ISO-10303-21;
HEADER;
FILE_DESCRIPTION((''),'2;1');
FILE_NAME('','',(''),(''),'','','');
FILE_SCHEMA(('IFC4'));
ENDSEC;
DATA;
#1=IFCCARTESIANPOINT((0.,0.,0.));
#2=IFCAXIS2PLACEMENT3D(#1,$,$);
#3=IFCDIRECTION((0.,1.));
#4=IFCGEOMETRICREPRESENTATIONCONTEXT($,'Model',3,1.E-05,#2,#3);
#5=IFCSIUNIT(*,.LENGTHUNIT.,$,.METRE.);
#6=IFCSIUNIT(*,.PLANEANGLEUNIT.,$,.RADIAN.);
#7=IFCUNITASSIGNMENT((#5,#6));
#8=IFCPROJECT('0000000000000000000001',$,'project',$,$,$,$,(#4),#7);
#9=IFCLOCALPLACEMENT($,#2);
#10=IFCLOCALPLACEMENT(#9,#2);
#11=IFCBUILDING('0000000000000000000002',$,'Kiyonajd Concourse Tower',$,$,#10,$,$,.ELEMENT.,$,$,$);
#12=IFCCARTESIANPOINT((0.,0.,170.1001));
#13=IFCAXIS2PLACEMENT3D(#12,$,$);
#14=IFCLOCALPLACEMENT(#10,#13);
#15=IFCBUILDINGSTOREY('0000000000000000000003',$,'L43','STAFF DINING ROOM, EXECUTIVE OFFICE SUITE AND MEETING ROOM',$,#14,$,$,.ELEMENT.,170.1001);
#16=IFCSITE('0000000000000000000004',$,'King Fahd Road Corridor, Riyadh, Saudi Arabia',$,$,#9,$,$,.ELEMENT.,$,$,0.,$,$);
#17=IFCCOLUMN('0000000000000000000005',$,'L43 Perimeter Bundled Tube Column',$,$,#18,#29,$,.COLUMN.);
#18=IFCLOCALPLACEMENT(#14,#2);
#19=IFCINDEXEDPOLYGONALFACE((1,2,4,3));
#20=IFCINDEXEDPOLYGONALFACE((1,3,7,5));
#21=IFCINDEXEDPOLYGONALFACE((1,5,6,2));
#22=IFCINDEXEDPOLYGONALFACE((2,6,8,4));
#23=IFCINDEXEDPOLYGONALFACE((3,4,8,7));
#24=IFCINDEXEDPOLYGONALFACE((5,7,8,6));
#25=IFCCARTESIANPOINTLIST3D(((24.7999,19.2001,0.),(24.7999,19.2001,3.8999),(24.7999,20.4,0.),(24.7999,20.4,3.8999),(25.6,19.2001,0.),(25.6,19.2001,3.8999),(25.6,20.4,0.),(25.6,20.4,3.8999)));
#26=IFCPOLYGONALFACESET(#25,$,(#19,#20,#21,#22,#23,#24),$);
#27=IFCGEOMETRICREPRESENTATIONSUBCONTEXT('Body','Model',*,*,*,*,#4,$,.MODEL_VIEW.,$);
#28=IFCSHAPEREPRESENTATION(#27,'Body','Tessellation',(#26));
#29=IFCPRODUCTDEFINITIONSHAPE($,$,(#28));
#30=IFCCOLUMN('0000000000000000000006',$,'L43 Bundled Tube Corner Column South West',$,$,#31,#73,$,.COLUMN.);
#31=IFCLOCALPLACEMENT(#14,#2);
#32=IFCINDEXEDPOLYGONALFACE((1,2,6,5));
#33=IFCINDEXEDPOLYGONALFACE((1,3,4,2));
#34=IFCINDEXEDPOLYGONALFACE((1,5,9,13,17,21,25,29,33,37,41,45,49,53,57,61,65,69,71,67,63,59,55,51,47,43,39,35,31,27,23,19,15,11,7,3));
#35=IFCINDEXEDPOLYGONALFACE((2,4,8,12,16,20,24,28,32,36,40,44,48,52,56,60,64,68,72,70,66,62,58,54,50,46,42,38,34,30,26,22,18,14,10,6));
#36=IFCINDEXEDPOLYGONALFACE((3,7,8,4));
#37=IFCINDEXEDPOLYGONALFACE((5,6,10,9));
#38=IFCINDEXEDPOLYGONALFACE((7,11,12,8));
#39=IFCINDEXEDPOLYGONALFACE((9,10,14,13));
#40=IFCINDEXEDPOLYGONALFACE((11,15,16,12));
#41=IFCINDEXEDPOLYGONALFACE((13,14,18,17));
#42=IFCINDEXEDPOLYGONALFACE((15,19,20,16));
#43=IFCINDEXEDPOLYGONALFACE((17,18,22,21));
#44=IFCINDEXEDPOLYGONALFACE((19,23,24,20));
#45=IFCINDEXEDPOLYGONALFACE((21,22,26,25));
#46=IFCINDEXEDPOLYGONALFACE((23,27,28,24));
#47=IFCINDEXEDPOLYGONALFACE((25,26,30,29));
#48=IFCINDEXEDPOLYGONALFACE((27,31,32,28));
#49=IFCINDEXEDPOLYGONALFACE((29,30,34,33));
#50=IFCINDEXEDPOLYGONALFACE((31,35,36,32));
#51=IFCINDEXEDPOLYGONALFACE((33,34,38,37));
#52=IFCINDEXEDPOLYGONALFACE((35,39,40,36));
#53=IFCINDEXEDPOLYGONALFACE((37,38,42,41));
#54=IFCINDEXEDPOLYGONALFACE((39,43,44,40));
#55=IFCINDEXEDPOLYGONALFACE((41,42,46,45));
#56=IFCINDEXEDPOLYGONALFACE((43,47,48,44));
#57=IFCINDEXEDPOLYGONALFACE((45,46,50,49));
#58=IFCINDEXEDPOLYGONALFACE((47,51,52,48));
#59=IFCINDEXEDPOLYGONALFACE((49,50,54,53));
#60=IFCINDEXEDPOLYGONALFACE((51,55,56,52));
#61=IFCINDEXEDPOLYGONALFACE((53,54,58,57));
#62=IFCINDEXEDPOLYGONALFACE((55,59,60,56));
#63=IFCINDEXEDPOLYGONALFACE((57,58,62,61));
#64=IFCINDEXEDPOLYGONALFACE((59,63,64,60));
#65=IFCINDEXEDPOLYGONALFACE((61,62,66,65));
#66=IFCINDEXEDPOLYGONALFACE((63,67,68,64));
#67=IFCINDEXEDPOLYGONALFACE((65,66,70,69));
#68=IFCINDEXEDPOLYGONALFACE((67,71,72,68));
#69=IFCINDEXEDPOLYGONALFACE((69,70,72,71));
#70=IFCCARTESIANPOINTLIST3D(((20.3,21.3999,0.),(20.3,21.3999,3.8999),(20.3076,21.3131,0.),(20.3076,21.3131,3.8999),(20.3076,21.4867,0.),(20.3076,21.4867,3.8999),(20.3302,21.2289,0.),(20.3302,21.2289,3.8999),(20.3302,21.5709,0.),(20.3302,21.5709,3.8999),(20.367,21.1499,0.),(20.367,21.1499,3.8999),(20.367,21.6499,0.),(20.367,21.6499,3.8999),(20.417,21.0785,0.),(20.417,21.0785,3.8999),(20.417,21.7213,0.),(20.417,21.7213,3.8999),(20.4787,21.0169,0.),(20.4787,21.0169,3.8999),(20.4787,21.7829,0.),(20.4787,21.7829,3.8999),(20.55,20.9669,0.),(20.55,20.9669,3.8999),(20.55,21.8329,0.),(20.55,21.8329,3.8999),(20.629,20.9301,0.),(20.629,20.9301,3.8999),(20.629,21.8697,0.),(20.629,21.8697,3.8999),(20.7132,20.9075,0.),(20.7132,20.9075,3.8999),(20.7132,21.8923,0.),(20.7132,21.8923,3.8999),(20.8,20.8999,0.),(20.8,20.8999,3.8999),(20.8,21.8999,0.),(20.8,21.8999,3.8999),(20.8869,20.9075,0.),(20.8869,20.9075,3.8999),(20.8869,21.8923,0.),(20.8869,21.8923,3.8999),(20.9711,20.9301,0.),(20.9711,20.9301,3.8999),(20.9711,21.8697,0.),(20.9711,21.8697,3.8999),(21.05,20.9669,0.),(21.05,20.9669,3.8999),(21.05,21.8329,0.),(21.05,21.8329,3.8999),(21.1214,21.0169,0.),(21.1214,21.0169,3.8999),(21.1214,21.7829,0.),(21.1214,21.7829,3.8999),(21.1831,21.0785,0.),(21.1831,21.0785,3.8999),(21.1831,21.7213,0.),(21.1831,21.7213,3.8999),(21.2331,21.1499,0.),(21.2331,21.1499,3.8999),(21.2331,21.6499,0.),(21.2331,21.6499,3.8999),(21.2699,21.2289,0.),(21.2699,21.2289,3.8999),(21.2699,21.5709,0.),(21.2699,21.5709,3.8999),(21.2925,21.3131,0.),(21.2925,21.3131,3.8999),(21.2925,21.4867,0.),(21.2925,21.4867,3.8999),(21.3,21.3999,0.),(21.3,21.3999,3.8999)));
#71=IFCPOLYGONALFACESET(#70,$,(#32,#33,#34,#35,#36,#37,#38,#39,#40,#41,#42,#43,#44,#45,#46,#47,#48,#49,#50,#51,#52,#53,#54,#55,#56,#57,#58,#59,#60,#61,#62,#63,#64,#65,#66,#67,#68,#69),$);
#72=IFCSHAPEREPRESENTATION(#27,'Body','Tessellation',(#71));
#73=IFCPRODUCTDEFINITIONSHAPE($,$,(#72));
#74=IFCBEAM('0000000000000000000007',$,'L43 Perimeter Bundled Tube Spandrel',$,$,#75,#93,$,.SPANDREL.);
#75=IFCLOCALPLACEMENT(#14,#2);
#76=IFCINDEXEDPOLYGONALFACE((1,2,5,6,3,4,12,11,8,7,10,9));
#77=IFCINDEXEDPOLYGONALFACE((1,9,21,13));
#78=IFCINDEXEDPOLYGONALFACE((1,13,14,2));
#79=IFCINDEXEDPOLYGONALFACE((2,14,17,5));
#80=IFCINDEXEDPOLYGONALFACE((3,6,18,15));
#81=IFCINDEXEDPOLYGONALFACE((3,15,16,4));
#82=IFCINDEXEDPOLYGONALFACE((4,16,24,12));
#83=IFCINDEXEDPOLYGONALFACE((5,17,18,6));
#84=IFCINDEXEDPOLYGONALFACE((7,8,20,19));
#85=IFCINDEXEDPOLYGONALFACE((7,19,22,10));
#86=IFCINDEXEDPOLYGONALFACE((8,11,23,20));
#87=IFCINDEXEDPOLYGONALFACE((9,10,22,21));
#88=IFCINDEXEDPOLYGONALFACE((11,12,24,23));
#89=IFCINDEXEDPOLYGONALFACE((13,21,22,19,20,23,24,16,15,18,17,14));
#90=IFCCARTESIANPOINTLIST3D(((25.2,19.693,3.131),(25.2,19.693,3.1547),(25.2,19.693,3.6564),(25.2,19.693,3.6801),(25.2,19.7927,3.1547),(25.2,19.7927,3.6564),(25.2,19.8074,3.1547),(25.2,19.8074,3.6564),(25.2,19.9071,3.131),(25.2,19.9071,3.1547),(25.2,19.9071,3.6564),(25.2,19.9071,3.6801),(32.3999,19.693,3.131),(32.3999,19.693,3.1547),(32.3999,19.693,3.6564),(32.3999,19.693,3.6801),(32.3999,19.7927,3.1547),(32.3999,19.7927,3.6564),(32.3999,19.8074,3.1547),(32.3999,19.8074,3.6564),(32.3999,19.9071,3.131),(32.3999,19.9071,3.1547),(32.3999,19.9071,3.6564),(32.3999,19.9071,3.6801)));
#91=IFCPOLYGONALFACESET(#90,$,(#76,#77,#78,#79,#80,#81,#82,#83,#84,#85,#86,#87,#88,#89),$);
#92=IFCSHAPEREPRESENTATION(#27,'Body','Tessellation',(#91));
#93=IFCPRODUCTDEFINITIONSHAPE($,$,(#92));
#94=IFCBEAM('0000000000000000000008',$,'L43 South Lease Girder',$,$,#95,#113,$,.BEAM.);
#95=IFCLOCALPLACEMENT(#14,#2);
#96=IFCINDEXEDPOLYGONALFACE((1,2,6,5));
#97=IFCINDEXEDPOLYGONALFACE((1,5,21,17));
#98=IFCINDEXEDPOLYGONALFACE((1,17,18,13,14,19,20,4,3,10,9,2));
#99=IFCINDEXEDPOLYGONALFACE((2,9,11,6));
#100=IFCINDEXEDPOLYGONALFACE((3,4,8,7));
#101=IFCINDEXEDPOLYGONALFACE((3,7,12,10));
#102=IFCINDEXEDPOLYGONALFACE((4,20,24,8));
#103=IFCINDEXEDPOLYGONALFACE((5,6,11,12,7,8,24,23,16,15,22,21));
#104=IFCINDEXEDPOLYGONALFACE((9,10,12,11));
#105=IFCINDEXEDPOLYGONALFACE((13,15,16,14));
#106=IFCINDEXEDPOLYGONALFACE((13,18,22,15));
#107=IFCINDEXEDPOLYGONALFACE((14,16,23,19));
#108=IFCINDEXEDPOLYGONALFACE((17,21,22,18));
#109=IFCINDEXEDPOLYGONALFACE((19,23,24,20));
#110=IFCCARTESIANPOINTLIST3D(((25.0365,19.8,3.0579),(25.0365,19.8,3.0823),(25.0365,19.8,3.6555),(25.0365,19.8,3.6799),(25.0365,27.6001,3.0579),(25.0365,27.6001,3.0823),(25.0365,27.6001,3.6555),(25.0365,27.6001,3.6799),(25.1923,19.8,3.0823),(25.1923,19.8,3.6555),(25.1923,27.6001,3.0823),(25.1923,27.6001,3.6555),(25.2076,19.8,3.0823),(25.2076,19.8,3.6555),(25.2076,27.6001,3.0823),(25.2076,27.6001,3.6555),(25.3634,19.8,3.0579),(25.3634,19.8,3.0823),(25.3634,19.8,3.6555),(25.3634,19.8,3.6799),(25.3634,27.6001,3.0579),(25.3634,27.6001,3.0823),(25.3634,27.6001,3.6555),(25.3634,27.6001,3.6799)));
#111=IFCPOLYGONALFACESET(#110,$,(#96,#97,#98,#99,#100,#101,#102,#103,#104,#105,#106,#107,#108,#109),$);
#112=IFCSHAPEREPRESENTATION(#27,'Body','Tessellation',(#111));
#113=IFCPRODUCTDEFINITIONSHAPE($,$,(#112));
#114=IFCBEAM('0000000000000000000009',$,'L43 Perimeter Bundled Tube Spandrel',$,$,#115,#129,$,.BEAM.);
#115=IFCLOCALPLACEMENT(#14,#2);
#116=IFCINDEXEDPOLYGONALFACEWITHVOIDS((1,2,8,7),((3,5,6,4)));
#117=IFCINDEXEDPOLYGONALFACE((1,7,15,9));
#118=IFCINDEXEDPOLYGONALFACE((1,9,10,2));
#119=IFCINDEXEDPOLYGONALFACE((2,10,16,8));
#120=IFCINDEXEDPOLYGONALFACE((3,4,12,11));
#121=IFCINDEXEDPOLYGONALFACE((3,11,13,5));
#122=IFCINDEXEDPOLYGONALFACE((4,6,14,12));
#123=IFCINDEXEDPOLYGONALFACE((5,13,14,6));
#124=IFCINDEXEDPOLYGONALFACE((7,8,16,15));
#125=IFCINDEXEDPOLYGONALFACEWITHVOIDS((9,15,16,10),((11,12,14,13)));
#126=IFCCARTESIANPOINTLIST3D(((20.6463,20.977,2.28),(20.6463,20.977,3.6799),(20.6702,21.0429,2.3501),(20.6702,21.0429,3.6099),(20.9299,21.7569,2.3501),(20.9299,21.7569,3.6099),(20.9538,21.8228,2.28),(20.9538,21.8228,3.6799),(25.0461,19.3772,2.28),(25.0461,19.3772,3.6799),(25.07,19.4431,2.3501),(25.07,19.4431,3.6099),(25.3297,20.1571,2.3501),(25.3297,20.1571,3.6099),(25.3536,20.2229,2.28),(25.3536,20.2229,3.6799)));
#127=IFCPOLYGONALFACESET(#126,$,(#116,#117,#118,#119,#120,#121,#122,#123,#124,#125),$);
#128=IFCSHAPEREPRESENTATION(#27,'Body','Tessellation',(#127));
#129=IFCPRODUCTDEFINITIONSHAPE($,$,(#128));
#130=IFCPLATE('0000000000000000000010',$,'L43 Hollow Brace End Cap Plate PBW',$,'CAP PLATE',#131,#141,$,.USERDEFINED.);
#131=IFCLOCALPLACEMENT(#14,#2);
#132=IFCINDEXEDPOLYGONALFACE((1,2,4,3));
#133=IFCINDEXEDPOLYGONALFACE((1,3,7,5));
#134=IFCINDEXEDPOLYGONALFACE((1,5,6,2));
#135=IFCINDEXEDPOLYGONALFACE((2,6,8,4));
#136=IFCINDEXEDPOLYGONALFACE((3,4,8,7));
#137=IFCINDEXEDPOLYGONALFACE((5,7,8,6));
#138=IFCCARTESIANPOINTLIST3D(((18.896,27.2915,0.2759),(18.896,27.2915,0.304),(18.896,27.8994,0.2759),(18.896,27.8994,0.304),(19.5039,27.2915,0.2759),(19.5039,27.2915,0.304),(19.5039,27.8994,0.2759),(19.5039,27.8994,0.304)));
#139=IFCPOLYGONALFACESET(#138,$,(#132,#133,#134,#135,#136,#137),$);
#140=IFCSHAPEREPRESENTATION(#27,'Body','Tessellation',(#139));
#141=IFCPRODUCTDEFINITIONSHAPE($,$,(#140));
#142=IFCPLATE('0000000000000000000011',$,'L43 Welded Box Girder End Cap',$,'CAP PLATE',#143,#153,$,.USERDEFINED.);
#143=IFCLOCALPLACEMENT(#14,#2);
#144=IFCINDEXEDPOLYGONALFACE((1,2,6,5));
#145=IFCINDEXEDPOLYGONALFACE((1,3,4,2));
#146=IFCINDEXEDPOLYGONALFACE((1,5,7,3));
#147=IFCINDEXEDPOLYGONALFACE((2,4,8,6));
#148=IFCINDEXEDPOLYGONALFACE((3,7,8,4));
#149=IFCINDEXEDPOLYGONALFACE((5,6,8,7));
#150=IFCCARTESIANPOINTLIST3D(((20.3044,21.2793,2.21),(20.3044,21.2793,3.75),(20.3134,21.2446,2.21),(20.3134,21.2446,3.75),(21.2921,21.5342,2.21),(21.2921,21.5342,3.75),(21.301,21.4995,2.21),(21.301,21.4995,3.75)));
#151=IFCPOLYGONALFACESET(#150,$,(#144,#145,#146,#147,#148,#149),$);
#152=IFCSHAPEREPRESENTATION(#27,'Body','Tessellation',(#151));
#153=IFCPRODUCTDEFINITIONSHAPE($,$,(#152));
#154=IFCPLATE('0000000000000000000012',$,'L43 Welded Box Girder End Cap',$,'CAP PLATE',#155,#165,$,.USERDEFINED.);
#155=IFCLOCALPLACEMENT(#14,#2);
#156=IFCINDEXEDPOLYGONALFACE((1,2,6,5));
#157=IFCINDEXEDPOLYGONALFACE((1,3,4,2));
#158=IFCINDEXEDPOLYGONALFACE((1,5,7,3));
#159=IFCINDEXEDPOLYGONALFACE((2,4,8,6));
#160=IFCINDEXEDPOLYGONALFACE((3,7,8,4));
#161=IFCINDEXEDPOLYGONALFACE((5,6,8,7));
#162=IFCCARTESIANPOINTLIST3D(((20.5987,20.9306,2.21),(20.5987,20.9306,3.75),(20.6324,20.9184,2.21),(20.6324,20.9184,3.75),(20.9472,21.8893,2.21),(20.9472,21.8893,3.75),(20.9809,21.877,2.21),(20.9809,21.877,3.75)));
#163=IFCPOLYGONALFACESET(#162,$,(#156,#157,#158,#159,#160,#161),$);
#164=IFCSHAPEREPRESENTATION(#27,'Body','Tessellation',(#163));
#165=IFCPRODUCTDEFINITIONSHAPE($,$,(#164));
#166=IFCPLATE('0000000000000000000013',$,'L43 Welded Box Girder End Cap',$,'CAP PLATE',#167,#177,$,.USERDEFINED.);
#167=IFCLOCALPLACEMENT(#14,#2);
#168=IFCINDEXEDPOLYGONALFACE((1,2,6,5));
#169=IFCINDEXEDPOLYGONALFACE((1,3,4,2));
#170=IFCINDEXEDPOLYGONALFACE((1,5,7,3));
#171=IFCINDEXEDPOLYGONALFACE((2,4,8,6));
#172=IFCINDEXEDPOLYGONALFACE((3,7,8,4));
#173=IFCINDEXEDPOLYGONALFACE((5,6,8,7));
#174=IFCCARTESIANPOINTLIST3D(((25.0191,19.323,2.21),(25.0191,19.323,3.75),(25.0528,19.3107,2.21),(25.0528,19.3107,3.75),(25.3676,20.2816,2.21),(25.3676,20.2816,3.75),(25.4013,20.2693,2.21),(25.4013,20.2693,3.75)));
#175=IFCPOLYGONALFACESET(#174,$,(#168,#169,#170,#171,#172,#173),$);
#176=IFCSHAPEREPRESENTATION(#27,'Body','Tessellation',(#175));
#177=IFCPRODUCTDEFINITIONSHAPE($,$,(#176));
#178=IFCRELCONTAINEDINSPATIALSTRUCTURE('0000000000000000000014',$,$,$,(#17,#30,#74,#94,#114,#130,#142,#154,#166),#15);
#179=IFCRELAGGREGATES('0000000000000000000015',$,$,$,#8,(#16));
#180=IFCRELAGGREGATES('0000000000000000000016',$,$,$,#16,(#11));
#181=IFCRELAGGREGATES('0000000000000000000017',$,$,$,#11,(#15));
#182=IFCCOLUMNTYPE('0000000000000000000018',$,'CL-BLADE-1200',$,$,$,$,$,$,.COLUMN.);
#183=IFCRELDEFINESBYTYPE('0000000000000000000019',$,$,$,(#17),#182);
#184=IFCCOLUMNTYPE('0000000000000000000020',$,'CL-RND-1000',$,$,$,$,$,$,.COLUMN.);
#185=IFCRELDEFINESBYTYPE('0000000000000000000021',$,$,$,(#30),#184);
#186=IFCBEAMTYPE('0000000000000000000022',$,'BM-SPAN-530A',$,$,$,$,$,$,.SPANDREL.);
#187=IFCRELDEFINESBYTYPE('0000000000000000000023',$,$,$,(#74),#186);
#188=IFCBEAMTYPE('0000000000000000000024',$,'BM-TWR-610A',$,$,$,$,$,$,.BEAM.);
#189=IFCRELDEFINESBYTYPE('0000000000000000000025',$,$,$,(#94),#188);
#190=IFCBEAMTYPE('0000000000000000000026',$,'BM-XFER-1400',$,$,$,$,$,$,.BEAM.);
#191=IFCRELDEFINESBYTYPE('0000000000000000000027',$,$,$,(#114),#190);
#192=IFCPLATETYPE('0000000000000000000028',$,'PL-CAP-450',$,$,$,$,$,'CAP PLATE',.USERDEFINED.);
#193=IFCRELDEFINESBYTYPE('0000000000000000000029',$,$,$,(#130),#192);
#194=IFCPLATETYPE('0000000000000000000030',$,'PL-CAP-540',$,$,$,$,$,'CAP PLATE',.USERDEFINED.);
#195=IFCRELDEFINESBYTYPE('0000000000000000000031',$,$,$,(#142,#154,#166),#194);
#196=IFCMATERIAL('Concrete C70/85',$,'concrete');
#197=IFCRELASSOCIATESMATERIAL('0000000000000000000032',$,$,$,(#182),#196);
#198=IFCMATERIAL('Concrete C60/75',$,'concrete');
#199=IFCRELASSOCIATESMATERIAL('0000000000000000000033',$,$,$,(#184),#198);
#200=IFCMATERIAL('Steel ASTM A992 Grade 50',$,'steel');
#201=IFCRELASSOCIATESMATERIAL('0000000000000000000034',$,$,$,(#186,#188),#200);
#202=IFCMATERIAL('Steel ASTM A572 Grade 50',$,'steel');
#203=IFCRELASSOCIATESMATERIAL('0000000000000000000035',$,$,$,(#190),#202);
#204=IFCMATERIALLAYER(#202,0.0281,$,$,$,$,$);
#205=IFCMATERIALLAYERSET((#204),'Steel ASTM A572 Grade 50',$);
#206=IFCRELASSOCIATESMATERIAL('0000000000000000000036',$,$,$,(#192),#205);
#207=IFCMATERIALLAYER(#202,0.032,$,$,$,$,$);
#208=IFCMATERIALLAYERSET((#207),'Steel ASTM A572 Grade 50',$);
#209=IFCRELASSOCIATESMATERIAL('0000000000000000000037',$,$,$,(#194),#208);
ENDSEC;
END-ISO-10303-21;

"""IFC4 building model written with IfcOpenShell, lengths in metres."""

from ifc_helpers import new_model, si_unit, direction, frame, origin, origin_2d, place, context, subcontext, project, spatial, rectangle, hollow_rectangle, circle, i_section, extrude, material, layer, layer_set, material_profile, profile_set, type_object, element, save


model = new_model("IFC4")

# Units and contexts
model_context = context("Model", 3, precision=1e-05, world=origin(), true_north=direction((0.0, 1.0)))
body_context = subcontext(model_context, "Body", "Model", "MODEL_VIEW")
ifc_project = project(units=[si_unit("LENGTHUNIT", "METRE"), si_unit("PLANEANGLEUNIT", "RADIAN")], contexts=[model_context])

# Site, building, storey
site_placement = place(None, origin())
site = spatial("IfcSite", under=ifc_project, at=site_placement, Name="King Fahd Road Corridor, Riyadh, Saudi Arabia", CompositionType="ELEMENT", RefElevation=0.0)
building_placement = place(site_placement, origin())
building = spatial("IfcBuilding", under=site, at=building_placement, Name="Kiyonajd Concourse Tower", CompositionType="ELEMENT")
storey_placement = place(building_placement, frame((0.0, 0.0, 170.1001)))
storey = spatial("IfcBuildingStorey", under=building, at=storey_placement, Name="L43", Description="STAFF DINING ROOM, EXECUTIVE OFFICE SUITE AND MEETING ROOM", CompositionType="ELEMENT", Elevation=170.1001)

# Columns
ifc_material_1 = material(Name="Concrete C70/85", Category="concrete")
ifc_material_profile_1 = material_profile(ifc_material_1, rectangle(XDim=0.8, YDim=1.2, at=origin_2d()), Name="RC-1200x800")
ifc_profile_set_1 = profile_set([ifc_material_profile_1], Name="Concrete C70/85")
column_type_1 = type_object("IfcColumnType", Name="CL-BLADE-1200", PredefinedType="COLUMN", material=ifc_profile_set_1)
column_1_placement = place(storey_placement, frame((25.2, 19.8, 0.0), z_axis=(0.0, 0.0, 1.0), x_axis=(1.0, 0.0, 0.0)))
element("IfcColumn", 1, at=column_1_placement, inside=storey, type_object=column_type_1, Name="L43 Perimeter Bundled Tube Column", PredefinedType="COLUMN", context=body_context, shape_type="SweptSolid", body=[
    extrude(rectangle(XDim=0.8, YDim=1.2, at=origin_2d()), origin(), (0.0, 0.0, 1.0), 3.8999),
])
ifc_material_2 = material(Name="Concrete C60/75", Category="concrete")
ifc_material_profile_2 = material_profile(ifc_material_2, circle(Radius=0.5, at=origin_2d()), Name="RCC-D1000")
ifc_profile_set_2 = profile_set([ifc_material_profile_2], Name="Concrete C60/75")
column_type_2 = type_object("IfcColumnType", Name="CL-RND-1000", PredefinedType="COLUMN", material=ifc_profile_set_2)
column_2_placement = place(storey_placement, frame((20.8, 21.3999, 0.0), z_axis=(0.0, 0.0, 1.0), x_axis=(1.0, 0.0, 0.0)))
element("IfcColumn", 2, at=column_2_placement, inside=storey, type_object=column_type_2, Name="L43 Bundled Tube Corner Column South West", PredefinedType="COLUMN", context=body_context, shape_type="SweptSolid", body=[
    extrude(circle(Radius=0.5, at=origin_2d()), origin(), (0.0, 0.0, 1.0), 3.8999),
])

# Beams
ifc_material_3 = material(Name="Steel ASTM A992 Grade 50", Category="steel")
ifc_material_profile_3 = material_profile(ifc_material_3, i_section(OverallWidth=0.2141, OverallDepth=0.5491, WebThickness=0.0146, FlangeThickness=0.0237, at=origin_2d()), Name="W530X138")
ifc_profile_set_3 = profile_set([ifc_material_profile_3], Name="Steel ASTM A992 Grade 50")
beam_type_1 = type_object("IfcBeamType", Name="BM-SPAN-530A", PredefinedType="SPANDREL", material=ifc_profile_set_3)
beam_1_placement = place(storey_placement, frame((25.2, 19.8, 3.4055), z_axis=(1.0, 0.0, 0.0), x_axis=(0.0, 1.0, 0.0)))
element("IfcBeam", 3, at=beam_1_placement, inside=storey, type_object=beam_type_1, Name="L43 Perimeter Bundled Tube Spandrel", PredefinedType="SPANDREL", context=body_context, shape_type="SweptSolid", body=[
    extrude(i_section(OverallWidth=0.2141, OverallDepth=0.5491, WebThickness=0.0146, FlangeThickness=0.0237, at=origin_2d()), origin(), (0.0, 0.0, 1.0), 7.2),
])
ifc_material_profile_4 = material_profile(ifc_material_3, i_section(OverallWidth=0.3269, OverallDepth=0.6221, WebThickness=0.0154, FlangeThickness=0.0244, at=origin_2d()), Name="W610X195")
ifc_profile_set_4 = profile_set([ifc_material_profile_4], Name="Steel ASTM A992 Grade 50")
beam_type_2 = type_object("IfcBeamType", Name="BM-TWR-610A", PredefinedType="BEAM", material=ifc_profile_set_4)
beam_2_placement = place(storey_placement, frame((25.2, 19.8, 3.3689), z_axis=(0.0, 1.0, 0.0), x_axis=(-1.0, 0.0, 0.0)))
element("IfcBeam", 4, at=beam_2_placement, inside=storey, type_object=beam_type_2, Name="L43 South Lease Girder", PredefinedType="BEAM", context=body_context, shape_type="SweptSolid", body=[
    extrude(i_section(OverallWidth=0.3269, OverallDepth=0.6221, WebThickness=0.0154, FlangeThickness=0.0244, at=origin_2d()), origin(), (0.0, 0.0, 1.0), 7.8),
])
ifc_material_4 = material(Name="Steel ASTM A572 Grade 50", Category="steel")
ifc_material_profile_5 = material_profile(ifc_material_4, hollow_rectangle(XDim=0.8999, YDim=1.3999, WallThickness=0.0701, at=origin_2d()), Name="BOX-1400x900x70")
ifc_profile_set_5 = profile_set([ifc_material_profile_5], Name="Steel ASTM A572 Grade 50")
beam_type_3 = type_object("IfcBeamType", Name="BM-XFER-1400", PredefinedType="BEAM", material=ifc_profile_set_5)
beam_3_placement = place(storey_placement, frame((20.8, 21.3999, 2.98), z_axis=(0.939801, -0.341722, 0.0), x_axis=(0.341722, 0.939801, 0.0)))
element("IfcBeam", 5, at=beam_3_placement, inside=storey, type_object=beam_type_3, Name="L43 Perimeter Bundled Tube Spandrel", PredefinedType="BEAM", context=body_context, shape_type="SweptSolid", body=[
    extrude(hollow_rectangle(XDim=0.8999, YDim=1.3999, WallThickness=0.0701, at=origin_2d()), origin(), (0.0, 0.0, 1.0), 4.6816),
])

# Plates
ifc_layer_1 = layer(ifc_material_4, 0.0281)
ifc_layer_set_1 = layer_set([ifc_layer_1], Name="Steel ASTM A572 Grade 50")
plate_type_1 = type_object("IfcPlateType", Name="PL-CAP-450", ElementType="CAP PLATE", PredefinedType="USERDEFINED", material=ifc_layer_set_1)
plate_placement = place(storey_placement, frame((19.2, 27.5955, 0.2759), z_axis=(0.0, 0.0, 1.0), x_axis=(1.0, 0.0, 0.0)))
element("IfcPlate", 6, at=plate_placement, inside=storey, type_object=plate_type_1, Name="L43 Hollow Brace End Cap Plate PBW", ObjectType="CAP PLATE", PredefinedType="USERDEFINED", context=body_context, shape_type="SweptSolid", body=[
    extrude(rectangle(XDim=0.6079, YDim=0.6079, at=origin_2d()), origin(), (0.0, 0.0, 1.0), 0.0281),
])
ifc_layer_2 = layer(ifc_material_4, 0.032)
ifc_layer_set_2 = layer_set([ifc_layer_2], Name="Steel ASTM A572 Grade 50")
plate_type_2 = type_object("IfcPlateType", Name="PL-CAP-540", ElementType="CAP PLATE", PredefinedType="USERDEFINED", material=ifc_layer_set_2)
for number, where, z_axis, x_axis, name in (
    (7, (20.8027, 21.3894, 2.21), (0.0, 0.0, 1.0), (0.249873, -0.968279, 0.0), "L43 Welded Box Girder End Cap"),
    (8, (20.7898, 21.4038, 2.21), (0.0, 0.0, 1.0), (-0.939812, 0.341692, 0.0), "L43 Welded Box Girder End Cap"),
    (9, (25.2102, 19.7961, 2.21), (0.0, 0.0, 1.0), (0.939812, -0.341692, 0.0), "L43 Welded Box Girder End Cap"),
):
    element("IfcPlate", number, at=place(storey_placement, frame(where, z_axis=z_axis, x_axis=x_axis)), inside=storey, type_object=plate_type_2, Name=name, ObjectType="CAP PLATE", PredefinedType="USERDEFINED", context=body_context, shape_type="SweptSolid", body=[
        extrude(rectangle(XDim=0.0359, YDim=1.02, at=origin_2d()), origin(), (0.0, 0.0, 1.0), 1.54),
    ])

save(model, "model.ifc")
